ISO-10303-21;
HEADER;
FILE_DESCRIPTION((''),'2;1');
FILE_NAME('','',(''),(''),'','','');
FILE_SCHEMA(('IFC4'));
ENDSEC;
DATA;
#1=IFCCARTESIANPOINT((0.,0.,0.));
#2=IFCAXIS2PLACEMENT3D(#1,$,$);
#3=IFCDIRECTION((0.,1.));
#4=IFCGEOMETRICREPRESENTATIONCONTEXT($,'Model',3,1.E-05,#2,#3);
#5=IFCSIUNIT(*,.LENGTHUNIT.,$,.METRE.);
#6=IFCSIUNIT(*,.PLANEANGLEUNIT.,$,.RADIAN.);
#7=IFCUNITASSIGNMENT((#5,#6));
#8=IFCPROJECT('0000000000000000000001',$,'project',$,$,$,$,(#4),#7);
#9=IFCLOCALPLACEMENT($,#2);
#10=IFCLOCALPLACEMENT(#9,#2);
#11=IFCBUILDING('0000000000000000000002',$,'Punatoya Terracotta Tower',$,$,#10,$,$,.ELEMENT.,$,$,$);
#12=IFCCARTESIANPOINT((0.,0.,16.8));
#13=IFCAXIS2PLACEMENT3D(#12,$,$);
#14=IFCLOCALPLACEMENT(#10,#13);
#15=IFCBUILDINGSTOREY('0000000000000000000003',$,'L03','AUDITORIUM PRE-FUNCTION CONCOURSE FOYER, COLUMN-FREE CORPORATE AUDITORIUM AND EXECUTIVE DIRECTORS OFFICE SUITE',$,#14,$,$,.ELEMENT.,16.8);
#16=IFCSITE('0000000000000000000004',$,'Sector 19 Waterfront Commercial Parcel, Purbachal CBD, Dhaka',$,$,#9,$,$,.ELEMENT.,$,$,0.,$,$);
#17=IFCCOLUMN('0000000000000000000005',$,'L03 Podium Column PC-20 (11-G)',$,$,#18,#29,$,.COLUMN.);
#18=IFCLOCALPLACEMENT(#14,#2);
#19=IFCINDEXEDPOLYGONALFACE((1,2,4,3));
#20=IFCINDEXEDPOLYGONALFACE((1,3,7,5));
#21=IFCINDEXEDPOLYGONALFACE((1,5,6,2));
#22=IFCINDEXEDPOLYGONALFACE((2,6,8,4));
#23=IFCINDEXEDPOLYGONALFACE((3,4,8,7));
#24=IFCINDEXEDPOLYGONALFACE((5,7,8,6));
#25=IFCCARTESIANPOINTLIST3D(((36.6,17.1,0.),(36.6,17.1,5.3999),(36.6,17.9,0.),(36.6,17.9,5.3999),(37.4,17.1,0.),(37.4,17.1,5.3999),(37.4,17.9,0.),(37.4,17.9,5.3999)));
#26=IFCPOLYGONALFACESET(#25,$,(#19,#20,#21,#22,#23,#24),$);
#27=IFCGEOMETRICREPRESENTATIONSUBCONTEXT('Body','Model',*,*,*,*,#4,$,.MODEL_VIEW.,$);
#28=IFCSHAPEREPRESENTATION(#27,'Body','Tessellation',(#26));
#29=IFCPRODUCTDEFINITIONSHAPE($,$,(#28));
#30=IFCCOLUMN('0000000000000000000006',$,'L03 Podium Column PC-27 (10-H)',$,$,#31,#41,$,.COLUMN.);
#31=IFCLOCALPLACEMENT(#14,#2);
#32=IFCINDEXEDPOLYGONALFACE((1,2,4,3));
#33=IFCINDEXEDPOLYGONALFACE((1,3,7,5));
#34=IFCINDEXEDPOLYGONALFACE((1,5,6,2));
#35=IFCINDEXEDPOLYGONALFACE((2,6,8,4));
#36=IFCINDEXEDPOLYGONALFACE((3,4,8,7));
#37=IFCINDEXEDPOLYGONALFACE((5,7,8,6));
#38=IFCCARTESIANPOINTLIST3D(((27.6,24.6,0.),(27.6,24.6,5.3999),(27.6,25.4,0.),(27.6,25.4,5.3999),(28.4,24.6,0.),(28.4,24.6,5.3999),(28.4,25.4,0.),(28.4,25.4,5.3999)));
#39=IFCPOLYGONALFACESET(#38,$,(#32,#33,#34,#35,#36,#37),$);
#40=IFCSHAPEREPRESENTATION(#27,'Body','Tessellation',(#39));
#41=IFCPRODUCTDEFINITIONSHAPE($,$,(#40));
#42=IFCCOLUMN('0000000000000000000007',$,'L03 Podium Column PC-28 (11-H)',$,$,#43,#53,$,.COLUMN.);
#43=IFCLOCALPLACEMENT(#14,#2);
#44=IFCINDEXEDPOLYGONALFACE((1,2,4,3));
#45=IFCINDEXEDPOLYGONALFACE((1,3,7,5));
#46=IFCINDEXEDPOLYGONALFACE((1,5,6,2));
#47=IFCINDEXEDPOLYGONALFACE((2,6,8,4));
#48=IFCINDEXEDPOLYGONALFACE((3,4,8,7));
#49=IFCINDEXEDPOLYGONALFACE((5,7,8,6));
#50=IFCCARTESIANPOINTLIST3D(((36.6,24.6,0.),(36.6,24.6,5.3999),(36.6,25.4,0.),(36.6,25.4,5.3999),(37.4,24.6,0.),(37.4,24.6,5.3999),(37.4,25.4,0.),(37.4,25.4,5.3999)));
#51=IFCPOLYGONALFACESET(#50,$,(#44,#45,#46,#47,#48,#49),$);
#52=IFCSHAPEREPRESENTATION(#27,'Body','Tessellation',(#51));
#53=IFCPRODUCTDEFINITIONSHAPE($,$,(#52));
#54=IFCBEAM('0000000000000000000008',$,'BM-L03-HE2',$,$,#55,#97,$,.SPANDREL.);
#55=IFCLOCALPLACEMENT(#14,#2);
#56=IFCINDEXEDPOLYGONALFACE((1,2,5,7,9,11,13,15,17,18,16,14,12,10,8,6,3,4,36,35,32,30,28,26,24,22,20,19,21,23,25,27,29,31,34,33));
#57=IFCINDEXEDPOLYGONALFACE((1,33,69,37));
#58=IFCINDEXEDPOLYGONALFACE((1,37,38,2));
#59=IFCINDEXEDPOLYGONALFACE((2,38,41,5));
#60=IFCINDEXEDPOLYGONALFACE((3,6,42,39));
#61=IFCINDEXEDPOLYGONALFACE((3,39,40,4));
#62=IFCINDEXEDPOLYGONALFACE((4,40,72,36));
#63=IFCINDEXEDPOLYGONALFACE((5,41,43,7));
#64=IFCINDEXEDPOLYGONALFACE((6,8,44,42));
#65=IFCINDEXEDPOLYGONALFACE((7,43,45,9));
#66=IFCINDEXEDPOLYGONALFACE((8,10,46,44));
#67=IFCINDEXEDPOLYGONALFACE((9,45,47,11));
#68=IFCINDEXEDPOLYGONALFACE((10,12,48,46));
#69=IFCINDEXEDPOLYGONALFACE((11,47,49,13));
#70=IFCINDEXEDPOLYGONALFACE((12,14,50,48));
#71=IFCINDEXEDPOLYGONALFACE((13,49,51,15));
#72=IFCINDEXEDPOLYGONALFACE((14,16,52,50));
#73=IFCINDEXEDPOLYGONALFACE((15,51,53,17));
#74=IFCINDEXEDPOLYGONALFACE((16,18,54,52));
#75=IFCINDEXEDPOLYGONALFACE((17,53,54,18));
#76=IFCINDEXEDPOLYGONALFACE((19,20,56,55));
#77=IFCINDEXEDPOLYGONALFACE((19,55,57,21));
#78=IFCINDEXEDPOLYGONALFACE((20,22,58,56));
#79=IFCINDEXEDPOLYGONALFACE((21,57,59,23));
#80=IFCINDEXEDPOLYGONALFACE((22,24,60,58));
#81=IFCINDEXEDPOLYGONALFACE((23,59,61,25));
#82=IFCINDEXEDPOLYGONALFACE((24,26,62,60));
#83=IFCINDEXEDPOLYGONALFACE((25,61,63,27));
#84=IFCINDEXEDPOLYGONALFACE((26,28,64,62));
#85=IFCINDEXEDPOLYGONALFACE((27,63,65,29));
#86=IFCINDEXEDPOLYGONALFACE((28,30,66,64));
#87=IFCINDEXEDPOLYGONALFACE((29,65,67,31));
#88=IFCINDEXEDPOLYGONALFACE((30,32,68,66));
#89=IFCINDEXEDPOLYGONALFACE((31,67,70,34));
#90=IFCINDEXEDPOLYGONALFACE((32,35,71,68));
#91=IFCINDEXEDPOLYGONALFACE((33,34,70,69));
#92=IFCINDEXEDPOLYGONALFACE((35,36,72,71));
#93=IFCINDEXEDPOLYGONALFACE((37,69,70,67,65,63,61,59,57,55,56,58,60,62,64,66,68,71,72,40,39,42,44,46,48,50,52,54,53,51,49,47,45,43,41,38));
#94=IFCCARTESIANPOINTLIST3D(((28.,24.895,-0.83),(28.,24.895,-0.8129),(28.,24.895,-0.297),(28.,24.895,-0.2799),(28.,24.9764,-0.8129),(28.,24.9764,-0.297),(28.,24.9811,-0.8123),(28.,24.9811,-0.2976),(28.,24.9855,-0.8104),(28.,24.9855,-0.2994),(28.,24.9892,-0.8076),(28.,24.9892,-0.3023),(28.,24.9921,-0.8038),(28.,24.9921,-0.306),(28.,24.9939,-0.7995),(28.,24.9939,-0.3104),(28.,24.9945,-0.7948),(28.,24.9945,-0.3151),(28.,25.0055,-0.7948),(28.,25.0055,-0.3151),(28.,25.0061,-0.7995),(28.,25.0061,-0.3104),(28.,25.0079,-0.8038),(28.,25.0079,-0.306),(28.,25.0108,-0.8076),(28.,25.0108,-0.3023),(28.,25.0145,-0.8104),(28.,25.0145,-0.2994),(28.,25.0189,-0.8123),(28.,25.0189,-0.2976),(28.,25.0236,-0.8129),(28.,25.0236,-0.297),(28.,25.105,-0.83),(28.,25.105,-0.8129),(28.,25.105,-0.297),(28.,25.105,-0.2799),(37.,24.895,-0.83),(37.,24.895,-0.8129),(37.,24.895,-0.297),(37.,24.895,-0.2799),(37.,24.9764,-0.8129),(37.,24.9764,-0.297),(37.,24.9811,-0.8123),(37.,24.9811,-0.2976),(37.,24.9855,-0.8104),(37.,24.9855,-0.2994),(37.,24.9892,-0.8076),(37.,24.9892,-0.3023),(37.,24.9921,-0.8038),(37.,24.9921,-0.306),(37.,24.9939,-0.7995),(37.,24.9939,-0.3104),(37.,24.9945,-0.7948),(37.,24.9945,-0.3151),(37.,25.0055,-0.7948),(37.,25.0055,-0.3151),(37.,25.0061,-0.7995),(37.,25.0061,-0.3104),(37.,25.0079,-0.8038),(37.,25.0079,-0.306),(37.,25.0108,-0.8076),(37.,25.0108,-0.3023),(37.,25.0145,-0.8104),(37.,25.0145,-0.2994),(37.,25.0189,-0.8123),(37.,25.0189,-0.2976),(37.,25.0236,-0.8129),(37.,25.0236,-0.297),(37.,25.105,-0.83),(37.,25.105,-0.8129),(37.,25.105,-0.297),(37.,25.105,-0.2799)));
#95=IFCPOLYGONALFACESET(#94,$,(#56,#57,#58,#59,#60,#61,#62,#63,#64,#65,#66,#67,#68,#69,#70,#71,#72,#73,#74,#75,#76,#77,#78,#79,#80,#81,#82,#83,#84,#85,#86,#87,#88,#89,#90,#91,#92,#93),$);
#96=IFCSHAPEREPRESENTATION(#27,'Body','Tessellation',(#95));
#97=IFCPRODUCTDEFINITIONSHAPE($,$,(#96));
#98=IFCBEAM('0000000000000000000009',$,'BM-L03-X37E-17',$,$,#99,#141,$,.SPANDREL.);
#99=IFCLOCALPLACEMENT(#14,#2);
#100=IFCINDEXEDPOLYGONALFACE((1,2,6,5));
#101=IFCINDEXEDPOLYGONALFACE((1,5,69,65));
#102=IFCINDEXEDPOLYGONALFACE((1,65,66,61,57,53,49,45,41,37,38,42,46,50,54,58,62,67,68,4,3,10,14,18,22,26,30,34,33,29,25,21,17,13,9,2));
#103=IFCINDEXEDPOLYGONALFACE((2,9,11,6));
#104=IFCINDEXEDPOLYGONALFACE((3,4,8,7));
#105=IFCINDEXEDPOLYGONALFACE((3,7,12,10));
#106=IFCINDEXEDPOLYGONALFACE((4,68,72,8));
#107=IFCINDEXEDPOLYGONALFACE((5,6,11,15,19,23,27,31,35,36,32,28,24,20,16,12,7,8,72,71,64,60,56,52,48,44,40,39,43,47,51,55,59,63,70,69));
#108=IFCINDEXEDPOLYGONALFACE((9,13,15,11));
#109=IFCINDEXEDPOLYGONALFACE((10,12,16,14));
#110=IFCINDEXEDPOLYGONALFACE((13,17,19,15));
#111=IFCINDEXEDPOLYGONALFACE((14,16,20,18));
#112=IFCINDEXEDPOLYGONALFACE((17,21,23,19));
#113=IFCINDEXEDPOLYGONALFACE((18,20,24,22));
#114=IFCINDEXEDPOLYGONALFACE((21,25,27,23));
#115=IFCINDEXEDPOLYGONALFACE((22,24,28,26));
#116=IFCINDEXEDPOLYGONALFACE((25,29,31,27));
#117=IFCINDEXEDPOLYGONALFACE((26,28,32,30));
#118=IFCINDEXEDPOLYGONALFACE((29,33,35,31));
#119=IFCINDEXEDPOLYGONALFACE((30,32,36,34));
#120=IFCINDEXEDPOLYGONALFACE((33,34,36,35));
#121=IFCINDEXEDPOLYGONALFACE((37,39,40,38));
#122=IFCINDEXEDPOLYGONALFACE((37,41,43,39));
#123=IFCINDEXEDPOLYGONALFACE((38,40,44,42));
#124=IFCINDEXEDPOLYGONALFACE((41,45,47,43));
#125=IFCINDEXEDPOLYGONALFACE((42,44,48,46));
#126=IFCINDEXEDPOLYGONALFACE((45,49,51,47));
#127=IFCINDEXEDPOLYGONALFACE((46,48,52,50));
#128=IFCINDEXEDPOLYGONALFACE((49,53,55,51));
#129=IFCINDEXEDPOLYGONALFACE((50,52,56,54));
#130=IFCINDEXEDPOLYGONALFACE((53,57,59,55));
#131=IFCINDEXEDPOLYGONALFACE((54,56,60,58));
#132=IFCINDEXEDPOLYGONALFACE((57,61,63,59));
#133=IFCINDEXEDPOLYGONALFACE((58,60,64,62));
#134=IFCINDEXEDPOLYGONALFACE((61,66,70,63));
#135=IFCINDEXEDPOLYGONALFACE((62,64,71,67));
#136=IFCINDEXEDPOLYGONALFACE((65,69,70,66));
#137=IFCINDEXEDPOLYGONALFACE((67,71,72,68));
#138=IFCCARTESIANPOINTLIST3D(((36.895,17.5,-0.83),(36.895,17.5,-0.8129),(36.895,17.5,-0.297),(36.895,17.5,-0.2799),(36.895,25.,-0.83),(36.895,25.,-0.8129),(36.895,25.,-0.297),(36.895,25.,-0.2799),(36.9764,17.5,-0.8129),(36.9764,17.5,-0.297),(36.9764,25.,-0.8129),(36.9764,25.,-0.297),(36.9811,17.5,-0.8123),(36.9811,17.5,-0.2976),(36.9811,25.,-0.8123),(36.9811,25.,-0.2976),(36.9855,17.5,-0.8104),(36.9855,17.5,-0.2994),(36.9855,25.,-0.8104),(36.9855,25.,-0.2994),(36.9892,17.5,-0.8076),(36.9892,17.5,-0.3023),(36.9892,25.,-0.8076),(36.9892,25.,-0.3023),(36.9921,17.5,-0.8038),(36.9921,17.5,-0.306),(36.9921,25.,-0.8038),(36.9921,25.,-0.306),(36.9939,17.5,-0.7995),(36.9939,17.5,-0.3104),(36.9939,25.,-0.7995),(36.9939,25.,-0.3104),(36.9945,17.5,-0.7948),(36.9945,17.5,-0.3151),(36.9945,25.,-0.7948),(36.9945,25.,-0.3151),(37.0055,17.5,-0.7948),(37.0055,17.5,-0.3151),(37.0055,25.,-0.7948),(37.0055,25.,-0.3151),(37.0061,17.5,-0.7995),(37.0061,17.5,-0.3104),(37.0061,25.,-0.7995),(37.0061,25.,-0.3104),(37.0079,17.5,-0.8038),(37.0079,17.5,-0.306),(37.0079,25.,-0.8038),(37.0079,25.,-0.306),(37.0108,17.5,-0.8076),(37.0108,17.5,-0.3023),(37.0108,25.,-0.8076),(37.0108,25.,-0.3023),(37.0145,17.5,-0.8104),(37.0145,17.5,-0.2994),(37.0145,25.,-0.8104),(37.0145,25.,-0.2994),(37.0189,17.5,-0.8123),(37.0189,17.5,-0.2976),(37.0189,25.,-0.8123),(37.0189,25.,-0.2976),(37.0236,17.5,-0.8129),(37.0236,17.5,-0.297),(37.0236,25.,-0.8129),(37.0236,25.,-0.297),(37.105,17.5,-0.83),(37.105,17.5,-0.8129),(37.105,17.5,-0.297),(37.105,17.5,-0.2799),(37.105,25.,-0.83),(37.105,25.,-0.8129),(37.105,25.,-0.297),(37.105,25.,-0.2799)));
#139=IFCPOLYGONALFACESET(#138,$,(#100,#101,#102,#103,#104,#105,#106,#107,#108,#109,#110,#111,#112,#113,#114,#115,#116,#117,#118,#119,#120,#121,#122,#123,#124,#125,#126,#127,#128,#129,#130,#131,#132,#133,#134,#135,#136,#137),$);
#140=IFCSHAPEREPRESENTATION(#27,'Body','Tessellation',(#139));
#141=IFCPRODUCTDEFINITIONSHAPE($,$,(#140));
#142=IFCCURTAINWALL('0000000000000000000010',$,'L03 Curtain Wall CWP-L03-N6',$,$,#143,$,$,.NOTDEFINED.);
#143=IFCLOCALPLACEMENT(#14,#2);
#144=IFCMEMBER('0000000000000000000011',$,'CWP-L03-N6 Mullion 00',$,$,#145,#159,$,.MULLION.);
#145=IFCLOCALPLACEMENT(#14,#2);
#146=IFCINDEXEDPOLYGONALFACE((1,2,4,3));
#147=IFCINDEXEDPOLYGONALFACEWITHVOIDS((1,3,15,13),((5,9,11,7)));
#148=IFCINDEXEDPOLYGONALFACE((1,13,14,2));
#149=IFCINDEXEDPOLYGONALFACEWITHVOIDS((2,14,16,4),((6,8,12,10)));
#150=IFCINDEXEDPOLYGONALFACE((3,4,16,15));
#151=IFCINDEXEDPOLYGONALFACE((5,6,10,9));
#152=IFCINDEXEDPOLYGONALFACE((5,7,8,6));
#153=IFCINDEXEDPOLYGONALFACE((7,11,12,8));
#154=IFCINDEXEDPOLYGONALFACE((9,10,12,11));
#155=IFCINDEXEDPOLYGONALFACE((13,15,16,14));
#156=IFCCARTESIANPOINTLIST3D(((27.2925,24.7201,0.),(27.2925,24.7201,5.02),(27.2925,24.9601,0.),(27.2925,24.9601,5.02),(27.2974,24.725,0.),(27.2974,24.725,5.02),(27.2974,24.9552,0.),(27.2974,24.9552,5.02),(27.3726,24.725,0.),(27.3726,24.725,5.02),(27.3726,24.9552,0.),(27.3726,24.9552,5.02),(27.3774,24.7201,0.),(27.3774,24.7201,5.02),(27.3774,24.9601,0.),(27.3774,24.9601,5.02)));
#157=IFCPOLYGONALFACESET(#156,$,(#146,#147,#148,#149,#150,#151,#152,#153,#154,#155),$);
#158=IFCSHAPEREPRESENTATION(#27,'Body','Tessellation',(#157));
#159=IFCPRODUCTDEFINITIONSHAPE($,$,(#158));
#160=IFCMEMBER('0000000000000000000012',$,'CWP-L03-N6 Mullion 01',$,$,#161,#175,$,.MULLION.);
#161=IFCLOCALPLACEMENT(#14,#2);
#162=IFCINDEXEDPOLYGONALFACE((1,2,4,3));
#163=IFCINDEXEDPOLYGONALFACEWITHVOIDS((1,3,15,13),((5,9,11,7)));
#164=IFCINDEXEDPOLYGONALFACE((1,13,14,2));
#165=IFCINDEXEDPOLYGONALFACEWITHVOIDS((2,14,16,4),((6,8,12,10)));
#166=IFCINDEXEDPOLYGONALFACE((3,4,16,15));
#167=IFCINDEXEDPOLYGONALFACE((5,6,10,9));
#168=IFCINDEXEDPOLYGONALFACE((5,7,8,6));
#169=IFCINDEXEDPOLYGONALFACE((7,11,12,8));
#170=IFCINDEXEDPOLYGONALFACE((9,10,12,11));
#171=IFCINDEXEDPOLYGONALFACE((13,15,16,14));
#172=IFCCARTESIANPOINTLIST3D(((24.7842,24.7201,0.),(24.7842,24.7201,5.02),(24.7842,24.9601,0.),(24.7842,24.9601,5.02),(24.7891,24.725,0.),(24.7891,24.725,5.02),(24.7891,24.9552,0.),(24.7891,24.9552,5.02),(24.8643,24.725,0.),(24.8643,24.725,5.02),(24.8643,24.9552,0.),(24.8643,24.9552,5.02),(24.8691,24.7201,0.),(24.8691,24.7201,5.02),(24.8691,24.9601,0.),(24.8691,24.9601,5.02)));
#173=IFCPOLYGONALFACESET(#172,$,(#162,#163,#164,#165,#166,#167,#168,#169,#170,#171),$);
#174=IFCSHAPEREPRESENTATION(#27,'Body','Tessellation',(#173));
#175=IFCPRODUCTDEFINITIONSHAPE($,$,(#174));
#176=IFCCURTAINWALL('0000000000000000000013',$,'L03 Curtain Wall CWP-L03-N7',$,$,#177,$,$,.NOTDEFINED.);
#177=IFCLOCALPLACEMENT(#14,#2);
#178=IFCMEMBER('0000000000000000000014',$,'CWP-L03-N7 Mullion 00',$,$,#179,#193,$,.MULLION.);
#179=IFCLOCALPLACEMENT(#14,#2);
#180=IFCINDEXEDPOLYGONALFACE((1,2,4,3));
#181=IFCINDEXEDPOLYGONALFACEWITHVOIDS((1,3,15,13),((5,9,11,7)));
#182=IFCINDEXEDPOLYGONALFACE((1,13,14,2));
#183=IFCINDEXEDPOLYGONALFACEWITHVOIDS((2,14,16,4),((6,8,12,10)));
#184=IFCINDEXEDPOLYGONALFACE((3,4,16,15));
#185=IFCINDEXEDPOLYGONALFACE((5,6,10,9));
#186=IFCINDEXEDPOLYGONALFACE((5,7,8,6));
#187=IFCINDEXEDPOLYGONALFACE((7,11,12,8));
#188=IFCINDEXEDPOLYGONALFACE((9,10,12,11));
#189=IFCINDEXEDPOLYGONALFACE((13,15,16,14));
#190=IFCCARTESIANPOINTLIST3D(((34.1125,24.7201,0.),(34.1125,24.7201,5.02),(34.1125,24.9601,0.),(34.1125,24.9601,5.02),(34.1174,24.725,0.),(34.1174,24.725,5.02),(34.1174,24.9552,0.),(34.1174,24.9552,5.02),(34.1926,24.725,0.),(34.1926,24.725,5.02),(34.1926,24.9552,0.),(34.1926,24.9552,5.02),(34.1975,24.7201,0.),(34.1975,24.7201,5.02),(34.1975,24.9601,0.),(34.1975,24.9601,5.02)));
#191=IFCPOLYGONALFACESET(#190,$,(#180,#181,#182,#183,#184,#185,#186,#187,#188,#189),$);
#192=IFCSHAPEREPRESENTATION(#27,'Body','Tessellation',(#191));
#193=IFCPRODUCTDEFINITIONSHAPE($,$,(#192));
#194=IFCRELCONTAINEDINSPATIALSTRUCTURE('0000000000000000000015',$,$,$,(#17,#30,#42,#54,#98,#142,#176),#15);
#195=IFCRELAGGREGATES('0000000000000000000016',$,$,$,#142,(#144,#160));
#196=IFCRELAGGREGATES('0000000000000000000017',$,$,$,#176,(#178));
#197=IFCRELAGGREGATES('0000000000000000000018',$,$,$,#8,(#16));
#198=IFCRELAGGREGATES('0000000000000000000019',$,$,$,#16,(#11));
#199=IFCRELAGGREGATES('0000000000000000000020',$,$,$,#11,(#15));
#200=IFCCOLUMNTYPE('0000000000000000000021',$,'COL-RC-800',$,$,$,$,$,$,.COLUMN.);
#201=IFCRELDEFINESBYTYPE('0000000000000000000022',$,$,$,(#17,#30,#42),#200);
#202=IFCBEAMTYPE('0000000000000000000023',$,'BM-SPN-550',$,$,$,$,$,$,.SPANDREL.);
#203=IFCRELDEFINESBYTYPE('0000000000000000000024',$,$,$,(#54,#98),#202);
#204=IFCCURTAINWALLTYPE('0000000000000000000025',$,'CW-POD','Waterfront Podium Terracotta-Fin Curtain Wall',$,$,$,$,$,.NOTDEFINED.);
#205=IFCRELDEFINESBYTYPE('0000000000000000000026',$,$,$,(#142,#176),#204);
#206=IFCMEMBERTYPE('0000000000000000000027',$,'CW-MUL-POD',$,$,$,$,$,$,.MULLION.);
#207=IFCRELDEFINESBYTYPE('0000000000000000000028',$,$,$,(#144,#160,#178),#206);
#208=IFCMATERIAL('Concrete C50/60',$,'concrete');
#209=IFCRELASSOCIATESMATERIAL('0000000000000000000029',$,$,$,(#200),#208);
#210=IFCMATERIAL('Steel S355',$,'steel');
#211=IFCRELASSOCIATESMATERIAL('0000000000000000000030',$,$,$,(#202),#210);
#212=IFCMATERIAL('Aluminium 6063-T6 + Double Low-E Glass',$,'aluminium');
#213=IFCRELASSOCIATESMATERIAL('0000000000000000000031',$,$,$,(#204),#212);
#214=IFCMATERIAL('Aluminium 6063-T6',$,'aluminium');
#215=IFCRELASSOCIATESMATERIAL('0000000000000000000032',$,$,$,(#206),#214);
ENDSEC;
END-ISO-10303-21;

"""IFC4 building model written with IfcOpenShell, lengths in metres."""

from ifc_helpers import new_model, si_unit, direction, frame, origin, origin_2d, place, context, subcontext, project, spatial, rectangle, hollow_rectangle, i_section, extrude, material, material_profile, profile_set, type_object, element, aggregate, save


model = new_model("IFC4")

# Units and contexts
model_context = context("Model", 3, precision=1e-05, world=origin(), true_north=direction((0.0, 1.0)))
body_context = subcontext(model_context, "Body", "Model", "MODEL_VIEW")
ifc_project = project(units=[si_unit("LENGTHUNIT", "METRE"), si_unit("PLANEANGLEUNIT", "RADIAN")], contexts=[model_context])

# Site, building, storey
site_placement = place(None, origin())
site = spatial("IfcSite", under=ifc_project, at=site_placement, Name="Sector 19 Waterfront Commercial Parcel, Purbachal CBD, Dhaka", CompositionType="ELEMENT", RefElevation=0.0)
building_placement = place(site_placement, origin())
building = spatial("IfcBuilding", under=site, at=building_placement, Name="Punatoya Terracotta Tower", CompositionType="ELEMENT")
storey_placement = place(building_placement, frame((0.0, 0.0, 16.8)))
storey = spatial("IfcBuildingStorey", under=building, at=storey_placement, Name="L03", Description="AUDITORIUM PRE-FUNCTION CONCOURSE FOYER, COLUMN-FREE CORPORATE AUDITORIUM AND EXECUTIVE DIRECTORS OFFICE SUITE", CompositionType="ELEMENT", Elevation=16.8)

# Columns
ifc_material_1 = material(Name="Concrete C50/60", Category="concrete")
ifc_material_profile_1 = material_profile(ifc_material_1, rectangle(XDim=0.8, YDim=0.8, at=origin_2d()))
ifc_profile_set_1 = profile_set([ifc_material_profile_1], Name="Concrete C50/60")
column_type = type_object("IfcColumnType", Name="COL-RC-800", PredefinedType="COLUMN", material=ifc_profile_set_1)
for number, where, z_axis, x_axis, name in (
    (1, (37.0, 17.5, 0.0), (0.0, 0.0, 1.0), (1.0, 0.0, 0.0), "L03 Podium Column PC-20 (11-G)"),
    (2, (28.0, 25.0, 0.0), (0.0, 0.0, 1.0), (1.0, 0.0, 0.0), "L03 Podium Column PC-27 (10-H)"),
    (3, (37.0, 25.0, 0.0), (0.0, 0.0, 1.0), (1.0, 0.0, 0.0), "L03 Podium Column PC-28 (11-H)"),
):
    element("IfcColumn", number, at=place(storey_placement, frame(where, z_axis=z_axis, x_axis=x_axis)), inside=storey, type_object=column_type, Name=name, PredefinedType="COLUMN", context=body_context, shape_type="SweptSolid", body=[
        extrude(rectangle(XDim=0.8, YDim=0.8, at=origin_2d()), origin(), (0.0, 0.0, 1.0), 5.3999),
    ])

# Beams
ifc_material_2 = material(Name="Steel S355", Category="steel")
ifc_material_profile_2 = material_profile(ifc_material_2, i_section(OverallWidth=0.21, OverallDepth=0.55, WebThickness=0.011, FlangeThickness=0.0171, FilletRadius=0.0181, at=origin_2d()))
ifc_profile_set_2 = profile_set([ifc_material_profile_2], Name="Steel S355")
beam_type = type_object("IfcBeamType", Name="BM-SPN-550", PredefinedType="SPANDREL", material=ifc_profile_set_2)
beam_1_placement = place(storey_placement, frame((28.0, 25.0, -0.5549), z_axis=(1.0, 0.0, 0.0), x_axis=(0.0, 1.0, 0.0)))
element("IfcBeam", 4, at=beam_1_placement, inside=storey, type_object=beam_type, Name="BM-L03-HE2", PredefinedType="SPANDREL", context=body_context, shape_type="SweptSolid", body=[
    extrude(i_section(OverallWidth=0.21, OverallDepth=0.55, WebThickness=0.011, FlangeThickness=0.0171, FilletRadius=0.0181, at=origin_2d()), origin(), (0.0, 0.0, 1.0), 9.0),
])
beam_2_placement = place(storey_placement, frame((37.0, 17.5, -0.5549), z_axis=(0.0, 1.0, 0.0), x_axis=(-1.0, 0.0, 0.0)))
element("IfcBeam", 5, at=beam_2_placement, inside=storey, type_object=beam_type, Name="BM-L03-X37E-17", PredefinedType="SPANDREL", context=body_context, shape_type="SweptSolid", body=[
    extrude(i_section(OverallWidth=0.21, OverallDepth=0.55, WebThickness=0.011, FlangeThickness=0.0171, FilletRadius=0.0181, at=origin_2d()), origin(), (0.0, 0.0, 1.0), 7.5),
])

# Curtain walls, members
ifc_material_3 = material(Name="Aluminium 6063-T6 + Double Low-E Glass", Category="aluminium")
curtain_wall_type = type_object("IfcCurtainWallType", Name="CW-POD", Description="Waterfront Podium Terracotta-Fin Curtain Wall", PredefinedType="NOTDEFINED", material=ifc_material_3)
curtain_wall_1_placement = place(storey_placement, origin())
curtain_wall_1 = element("IfcCurtainWall", 6, at=curtain_wall_1_placement, inside=storey, type_object=curtain_wall_type, Name="L03 Curtain Wall CWP-L03-N6", PredefinedType="NOTDEFINED")
ifc_material_4 = material(Name="Aluminium 6063-T6", Category="aluminium")
ifc_material_profile_3 = material_profile(ifc_material_4, hollow_rectangle(XDim=0.085, YDim=0.24, WallThickness=0.0049, at=origin_2d()))
ifc_profile_set_3 = profile_set([ifc_material_profile_3], Name="Aluminium 6063-T6")
member_type_1 = type_object("IfcMemberType", Name="CW-MUL-POD", PredefinedType="MULLION", material=ifc_profile_set_3)
member_1_placement = place(storey_placement, frame((27.335, 24.8401, 0.0), z_axis=(0.0, 0.0, 1.0), x_axis=(1.0, 0.0, 0.0)))
member_1 = element("IfcMember", 7, at=member_1_placement, type_object=member_type_1, Name="CWP-L03-N6 Mullion 00", PredefinedType="MULLION", context=body_context, shape_type="SweptSolid", body=[
    extrude(hollow_rectangle(XDim=0.085, YDim=0.24, WallThickness=0.0049, at=origin_2d()), origin(), (0.0, 0.0, 1.0), 5.02),
])
member_2_placement = place(storey_placement, frame((24.8267, 24.8401, 0.0), z_axis=(0.0, 0.0, 1.0), x_axis=(1.0, 0.0, 0.0)))
member_2 = element("IfcMember", 8, at=member_2_placement, type_object=member_type_1, Name="CWP-L03-N6 Mullion 01", PredefinedType="MULLION", context=body_context, shape_type="SweptSolid", body=[
    extrude(hollow_rectangle(XDim=0.085, YDim=0.24, WallThickness=0.0049, at=origin_2d()), origin(), (0.0, 0.0, 1.0), 5.02),
])
curtain_wall_2_placement = place(storey_placement, origin())
curtain_wall_2 = element("IfcCurtainWall", 9, at=curtain_wall_2_placement, inside=storey, type_object=curtain_wall_type, Name="L03 Curtain Wall CWP-L03-N7", PredefinedType="NOTDEFINED")
member_3_placement = place(storey_placement, frame((34.155, 24.8401, 0.0), z_axis=(0.0, 0.0, 1.0), x_axis=(1.0, 0.0, 0.0)))
member_3 = element("IfcMember", 10, at=member_3_placement, type_object=member_type_1, Name="CWP-L03-N7 Mullion 00", PredefinedType="MULLION", context=body_context, shape_type="SweptSolid", body=[
    extrude(hollow_rectangle(XDim=0.085, YDim=0.24, WallThickness=0.0049, at=origin_2d()), origin(), (0.0, 0.0, 1.0), 5.02),
])

aggregate(curtain_wall_1, [member_1, member_2])
aggregate(curtain_wall_2, [member_3])

save(model, "model.ifc")
